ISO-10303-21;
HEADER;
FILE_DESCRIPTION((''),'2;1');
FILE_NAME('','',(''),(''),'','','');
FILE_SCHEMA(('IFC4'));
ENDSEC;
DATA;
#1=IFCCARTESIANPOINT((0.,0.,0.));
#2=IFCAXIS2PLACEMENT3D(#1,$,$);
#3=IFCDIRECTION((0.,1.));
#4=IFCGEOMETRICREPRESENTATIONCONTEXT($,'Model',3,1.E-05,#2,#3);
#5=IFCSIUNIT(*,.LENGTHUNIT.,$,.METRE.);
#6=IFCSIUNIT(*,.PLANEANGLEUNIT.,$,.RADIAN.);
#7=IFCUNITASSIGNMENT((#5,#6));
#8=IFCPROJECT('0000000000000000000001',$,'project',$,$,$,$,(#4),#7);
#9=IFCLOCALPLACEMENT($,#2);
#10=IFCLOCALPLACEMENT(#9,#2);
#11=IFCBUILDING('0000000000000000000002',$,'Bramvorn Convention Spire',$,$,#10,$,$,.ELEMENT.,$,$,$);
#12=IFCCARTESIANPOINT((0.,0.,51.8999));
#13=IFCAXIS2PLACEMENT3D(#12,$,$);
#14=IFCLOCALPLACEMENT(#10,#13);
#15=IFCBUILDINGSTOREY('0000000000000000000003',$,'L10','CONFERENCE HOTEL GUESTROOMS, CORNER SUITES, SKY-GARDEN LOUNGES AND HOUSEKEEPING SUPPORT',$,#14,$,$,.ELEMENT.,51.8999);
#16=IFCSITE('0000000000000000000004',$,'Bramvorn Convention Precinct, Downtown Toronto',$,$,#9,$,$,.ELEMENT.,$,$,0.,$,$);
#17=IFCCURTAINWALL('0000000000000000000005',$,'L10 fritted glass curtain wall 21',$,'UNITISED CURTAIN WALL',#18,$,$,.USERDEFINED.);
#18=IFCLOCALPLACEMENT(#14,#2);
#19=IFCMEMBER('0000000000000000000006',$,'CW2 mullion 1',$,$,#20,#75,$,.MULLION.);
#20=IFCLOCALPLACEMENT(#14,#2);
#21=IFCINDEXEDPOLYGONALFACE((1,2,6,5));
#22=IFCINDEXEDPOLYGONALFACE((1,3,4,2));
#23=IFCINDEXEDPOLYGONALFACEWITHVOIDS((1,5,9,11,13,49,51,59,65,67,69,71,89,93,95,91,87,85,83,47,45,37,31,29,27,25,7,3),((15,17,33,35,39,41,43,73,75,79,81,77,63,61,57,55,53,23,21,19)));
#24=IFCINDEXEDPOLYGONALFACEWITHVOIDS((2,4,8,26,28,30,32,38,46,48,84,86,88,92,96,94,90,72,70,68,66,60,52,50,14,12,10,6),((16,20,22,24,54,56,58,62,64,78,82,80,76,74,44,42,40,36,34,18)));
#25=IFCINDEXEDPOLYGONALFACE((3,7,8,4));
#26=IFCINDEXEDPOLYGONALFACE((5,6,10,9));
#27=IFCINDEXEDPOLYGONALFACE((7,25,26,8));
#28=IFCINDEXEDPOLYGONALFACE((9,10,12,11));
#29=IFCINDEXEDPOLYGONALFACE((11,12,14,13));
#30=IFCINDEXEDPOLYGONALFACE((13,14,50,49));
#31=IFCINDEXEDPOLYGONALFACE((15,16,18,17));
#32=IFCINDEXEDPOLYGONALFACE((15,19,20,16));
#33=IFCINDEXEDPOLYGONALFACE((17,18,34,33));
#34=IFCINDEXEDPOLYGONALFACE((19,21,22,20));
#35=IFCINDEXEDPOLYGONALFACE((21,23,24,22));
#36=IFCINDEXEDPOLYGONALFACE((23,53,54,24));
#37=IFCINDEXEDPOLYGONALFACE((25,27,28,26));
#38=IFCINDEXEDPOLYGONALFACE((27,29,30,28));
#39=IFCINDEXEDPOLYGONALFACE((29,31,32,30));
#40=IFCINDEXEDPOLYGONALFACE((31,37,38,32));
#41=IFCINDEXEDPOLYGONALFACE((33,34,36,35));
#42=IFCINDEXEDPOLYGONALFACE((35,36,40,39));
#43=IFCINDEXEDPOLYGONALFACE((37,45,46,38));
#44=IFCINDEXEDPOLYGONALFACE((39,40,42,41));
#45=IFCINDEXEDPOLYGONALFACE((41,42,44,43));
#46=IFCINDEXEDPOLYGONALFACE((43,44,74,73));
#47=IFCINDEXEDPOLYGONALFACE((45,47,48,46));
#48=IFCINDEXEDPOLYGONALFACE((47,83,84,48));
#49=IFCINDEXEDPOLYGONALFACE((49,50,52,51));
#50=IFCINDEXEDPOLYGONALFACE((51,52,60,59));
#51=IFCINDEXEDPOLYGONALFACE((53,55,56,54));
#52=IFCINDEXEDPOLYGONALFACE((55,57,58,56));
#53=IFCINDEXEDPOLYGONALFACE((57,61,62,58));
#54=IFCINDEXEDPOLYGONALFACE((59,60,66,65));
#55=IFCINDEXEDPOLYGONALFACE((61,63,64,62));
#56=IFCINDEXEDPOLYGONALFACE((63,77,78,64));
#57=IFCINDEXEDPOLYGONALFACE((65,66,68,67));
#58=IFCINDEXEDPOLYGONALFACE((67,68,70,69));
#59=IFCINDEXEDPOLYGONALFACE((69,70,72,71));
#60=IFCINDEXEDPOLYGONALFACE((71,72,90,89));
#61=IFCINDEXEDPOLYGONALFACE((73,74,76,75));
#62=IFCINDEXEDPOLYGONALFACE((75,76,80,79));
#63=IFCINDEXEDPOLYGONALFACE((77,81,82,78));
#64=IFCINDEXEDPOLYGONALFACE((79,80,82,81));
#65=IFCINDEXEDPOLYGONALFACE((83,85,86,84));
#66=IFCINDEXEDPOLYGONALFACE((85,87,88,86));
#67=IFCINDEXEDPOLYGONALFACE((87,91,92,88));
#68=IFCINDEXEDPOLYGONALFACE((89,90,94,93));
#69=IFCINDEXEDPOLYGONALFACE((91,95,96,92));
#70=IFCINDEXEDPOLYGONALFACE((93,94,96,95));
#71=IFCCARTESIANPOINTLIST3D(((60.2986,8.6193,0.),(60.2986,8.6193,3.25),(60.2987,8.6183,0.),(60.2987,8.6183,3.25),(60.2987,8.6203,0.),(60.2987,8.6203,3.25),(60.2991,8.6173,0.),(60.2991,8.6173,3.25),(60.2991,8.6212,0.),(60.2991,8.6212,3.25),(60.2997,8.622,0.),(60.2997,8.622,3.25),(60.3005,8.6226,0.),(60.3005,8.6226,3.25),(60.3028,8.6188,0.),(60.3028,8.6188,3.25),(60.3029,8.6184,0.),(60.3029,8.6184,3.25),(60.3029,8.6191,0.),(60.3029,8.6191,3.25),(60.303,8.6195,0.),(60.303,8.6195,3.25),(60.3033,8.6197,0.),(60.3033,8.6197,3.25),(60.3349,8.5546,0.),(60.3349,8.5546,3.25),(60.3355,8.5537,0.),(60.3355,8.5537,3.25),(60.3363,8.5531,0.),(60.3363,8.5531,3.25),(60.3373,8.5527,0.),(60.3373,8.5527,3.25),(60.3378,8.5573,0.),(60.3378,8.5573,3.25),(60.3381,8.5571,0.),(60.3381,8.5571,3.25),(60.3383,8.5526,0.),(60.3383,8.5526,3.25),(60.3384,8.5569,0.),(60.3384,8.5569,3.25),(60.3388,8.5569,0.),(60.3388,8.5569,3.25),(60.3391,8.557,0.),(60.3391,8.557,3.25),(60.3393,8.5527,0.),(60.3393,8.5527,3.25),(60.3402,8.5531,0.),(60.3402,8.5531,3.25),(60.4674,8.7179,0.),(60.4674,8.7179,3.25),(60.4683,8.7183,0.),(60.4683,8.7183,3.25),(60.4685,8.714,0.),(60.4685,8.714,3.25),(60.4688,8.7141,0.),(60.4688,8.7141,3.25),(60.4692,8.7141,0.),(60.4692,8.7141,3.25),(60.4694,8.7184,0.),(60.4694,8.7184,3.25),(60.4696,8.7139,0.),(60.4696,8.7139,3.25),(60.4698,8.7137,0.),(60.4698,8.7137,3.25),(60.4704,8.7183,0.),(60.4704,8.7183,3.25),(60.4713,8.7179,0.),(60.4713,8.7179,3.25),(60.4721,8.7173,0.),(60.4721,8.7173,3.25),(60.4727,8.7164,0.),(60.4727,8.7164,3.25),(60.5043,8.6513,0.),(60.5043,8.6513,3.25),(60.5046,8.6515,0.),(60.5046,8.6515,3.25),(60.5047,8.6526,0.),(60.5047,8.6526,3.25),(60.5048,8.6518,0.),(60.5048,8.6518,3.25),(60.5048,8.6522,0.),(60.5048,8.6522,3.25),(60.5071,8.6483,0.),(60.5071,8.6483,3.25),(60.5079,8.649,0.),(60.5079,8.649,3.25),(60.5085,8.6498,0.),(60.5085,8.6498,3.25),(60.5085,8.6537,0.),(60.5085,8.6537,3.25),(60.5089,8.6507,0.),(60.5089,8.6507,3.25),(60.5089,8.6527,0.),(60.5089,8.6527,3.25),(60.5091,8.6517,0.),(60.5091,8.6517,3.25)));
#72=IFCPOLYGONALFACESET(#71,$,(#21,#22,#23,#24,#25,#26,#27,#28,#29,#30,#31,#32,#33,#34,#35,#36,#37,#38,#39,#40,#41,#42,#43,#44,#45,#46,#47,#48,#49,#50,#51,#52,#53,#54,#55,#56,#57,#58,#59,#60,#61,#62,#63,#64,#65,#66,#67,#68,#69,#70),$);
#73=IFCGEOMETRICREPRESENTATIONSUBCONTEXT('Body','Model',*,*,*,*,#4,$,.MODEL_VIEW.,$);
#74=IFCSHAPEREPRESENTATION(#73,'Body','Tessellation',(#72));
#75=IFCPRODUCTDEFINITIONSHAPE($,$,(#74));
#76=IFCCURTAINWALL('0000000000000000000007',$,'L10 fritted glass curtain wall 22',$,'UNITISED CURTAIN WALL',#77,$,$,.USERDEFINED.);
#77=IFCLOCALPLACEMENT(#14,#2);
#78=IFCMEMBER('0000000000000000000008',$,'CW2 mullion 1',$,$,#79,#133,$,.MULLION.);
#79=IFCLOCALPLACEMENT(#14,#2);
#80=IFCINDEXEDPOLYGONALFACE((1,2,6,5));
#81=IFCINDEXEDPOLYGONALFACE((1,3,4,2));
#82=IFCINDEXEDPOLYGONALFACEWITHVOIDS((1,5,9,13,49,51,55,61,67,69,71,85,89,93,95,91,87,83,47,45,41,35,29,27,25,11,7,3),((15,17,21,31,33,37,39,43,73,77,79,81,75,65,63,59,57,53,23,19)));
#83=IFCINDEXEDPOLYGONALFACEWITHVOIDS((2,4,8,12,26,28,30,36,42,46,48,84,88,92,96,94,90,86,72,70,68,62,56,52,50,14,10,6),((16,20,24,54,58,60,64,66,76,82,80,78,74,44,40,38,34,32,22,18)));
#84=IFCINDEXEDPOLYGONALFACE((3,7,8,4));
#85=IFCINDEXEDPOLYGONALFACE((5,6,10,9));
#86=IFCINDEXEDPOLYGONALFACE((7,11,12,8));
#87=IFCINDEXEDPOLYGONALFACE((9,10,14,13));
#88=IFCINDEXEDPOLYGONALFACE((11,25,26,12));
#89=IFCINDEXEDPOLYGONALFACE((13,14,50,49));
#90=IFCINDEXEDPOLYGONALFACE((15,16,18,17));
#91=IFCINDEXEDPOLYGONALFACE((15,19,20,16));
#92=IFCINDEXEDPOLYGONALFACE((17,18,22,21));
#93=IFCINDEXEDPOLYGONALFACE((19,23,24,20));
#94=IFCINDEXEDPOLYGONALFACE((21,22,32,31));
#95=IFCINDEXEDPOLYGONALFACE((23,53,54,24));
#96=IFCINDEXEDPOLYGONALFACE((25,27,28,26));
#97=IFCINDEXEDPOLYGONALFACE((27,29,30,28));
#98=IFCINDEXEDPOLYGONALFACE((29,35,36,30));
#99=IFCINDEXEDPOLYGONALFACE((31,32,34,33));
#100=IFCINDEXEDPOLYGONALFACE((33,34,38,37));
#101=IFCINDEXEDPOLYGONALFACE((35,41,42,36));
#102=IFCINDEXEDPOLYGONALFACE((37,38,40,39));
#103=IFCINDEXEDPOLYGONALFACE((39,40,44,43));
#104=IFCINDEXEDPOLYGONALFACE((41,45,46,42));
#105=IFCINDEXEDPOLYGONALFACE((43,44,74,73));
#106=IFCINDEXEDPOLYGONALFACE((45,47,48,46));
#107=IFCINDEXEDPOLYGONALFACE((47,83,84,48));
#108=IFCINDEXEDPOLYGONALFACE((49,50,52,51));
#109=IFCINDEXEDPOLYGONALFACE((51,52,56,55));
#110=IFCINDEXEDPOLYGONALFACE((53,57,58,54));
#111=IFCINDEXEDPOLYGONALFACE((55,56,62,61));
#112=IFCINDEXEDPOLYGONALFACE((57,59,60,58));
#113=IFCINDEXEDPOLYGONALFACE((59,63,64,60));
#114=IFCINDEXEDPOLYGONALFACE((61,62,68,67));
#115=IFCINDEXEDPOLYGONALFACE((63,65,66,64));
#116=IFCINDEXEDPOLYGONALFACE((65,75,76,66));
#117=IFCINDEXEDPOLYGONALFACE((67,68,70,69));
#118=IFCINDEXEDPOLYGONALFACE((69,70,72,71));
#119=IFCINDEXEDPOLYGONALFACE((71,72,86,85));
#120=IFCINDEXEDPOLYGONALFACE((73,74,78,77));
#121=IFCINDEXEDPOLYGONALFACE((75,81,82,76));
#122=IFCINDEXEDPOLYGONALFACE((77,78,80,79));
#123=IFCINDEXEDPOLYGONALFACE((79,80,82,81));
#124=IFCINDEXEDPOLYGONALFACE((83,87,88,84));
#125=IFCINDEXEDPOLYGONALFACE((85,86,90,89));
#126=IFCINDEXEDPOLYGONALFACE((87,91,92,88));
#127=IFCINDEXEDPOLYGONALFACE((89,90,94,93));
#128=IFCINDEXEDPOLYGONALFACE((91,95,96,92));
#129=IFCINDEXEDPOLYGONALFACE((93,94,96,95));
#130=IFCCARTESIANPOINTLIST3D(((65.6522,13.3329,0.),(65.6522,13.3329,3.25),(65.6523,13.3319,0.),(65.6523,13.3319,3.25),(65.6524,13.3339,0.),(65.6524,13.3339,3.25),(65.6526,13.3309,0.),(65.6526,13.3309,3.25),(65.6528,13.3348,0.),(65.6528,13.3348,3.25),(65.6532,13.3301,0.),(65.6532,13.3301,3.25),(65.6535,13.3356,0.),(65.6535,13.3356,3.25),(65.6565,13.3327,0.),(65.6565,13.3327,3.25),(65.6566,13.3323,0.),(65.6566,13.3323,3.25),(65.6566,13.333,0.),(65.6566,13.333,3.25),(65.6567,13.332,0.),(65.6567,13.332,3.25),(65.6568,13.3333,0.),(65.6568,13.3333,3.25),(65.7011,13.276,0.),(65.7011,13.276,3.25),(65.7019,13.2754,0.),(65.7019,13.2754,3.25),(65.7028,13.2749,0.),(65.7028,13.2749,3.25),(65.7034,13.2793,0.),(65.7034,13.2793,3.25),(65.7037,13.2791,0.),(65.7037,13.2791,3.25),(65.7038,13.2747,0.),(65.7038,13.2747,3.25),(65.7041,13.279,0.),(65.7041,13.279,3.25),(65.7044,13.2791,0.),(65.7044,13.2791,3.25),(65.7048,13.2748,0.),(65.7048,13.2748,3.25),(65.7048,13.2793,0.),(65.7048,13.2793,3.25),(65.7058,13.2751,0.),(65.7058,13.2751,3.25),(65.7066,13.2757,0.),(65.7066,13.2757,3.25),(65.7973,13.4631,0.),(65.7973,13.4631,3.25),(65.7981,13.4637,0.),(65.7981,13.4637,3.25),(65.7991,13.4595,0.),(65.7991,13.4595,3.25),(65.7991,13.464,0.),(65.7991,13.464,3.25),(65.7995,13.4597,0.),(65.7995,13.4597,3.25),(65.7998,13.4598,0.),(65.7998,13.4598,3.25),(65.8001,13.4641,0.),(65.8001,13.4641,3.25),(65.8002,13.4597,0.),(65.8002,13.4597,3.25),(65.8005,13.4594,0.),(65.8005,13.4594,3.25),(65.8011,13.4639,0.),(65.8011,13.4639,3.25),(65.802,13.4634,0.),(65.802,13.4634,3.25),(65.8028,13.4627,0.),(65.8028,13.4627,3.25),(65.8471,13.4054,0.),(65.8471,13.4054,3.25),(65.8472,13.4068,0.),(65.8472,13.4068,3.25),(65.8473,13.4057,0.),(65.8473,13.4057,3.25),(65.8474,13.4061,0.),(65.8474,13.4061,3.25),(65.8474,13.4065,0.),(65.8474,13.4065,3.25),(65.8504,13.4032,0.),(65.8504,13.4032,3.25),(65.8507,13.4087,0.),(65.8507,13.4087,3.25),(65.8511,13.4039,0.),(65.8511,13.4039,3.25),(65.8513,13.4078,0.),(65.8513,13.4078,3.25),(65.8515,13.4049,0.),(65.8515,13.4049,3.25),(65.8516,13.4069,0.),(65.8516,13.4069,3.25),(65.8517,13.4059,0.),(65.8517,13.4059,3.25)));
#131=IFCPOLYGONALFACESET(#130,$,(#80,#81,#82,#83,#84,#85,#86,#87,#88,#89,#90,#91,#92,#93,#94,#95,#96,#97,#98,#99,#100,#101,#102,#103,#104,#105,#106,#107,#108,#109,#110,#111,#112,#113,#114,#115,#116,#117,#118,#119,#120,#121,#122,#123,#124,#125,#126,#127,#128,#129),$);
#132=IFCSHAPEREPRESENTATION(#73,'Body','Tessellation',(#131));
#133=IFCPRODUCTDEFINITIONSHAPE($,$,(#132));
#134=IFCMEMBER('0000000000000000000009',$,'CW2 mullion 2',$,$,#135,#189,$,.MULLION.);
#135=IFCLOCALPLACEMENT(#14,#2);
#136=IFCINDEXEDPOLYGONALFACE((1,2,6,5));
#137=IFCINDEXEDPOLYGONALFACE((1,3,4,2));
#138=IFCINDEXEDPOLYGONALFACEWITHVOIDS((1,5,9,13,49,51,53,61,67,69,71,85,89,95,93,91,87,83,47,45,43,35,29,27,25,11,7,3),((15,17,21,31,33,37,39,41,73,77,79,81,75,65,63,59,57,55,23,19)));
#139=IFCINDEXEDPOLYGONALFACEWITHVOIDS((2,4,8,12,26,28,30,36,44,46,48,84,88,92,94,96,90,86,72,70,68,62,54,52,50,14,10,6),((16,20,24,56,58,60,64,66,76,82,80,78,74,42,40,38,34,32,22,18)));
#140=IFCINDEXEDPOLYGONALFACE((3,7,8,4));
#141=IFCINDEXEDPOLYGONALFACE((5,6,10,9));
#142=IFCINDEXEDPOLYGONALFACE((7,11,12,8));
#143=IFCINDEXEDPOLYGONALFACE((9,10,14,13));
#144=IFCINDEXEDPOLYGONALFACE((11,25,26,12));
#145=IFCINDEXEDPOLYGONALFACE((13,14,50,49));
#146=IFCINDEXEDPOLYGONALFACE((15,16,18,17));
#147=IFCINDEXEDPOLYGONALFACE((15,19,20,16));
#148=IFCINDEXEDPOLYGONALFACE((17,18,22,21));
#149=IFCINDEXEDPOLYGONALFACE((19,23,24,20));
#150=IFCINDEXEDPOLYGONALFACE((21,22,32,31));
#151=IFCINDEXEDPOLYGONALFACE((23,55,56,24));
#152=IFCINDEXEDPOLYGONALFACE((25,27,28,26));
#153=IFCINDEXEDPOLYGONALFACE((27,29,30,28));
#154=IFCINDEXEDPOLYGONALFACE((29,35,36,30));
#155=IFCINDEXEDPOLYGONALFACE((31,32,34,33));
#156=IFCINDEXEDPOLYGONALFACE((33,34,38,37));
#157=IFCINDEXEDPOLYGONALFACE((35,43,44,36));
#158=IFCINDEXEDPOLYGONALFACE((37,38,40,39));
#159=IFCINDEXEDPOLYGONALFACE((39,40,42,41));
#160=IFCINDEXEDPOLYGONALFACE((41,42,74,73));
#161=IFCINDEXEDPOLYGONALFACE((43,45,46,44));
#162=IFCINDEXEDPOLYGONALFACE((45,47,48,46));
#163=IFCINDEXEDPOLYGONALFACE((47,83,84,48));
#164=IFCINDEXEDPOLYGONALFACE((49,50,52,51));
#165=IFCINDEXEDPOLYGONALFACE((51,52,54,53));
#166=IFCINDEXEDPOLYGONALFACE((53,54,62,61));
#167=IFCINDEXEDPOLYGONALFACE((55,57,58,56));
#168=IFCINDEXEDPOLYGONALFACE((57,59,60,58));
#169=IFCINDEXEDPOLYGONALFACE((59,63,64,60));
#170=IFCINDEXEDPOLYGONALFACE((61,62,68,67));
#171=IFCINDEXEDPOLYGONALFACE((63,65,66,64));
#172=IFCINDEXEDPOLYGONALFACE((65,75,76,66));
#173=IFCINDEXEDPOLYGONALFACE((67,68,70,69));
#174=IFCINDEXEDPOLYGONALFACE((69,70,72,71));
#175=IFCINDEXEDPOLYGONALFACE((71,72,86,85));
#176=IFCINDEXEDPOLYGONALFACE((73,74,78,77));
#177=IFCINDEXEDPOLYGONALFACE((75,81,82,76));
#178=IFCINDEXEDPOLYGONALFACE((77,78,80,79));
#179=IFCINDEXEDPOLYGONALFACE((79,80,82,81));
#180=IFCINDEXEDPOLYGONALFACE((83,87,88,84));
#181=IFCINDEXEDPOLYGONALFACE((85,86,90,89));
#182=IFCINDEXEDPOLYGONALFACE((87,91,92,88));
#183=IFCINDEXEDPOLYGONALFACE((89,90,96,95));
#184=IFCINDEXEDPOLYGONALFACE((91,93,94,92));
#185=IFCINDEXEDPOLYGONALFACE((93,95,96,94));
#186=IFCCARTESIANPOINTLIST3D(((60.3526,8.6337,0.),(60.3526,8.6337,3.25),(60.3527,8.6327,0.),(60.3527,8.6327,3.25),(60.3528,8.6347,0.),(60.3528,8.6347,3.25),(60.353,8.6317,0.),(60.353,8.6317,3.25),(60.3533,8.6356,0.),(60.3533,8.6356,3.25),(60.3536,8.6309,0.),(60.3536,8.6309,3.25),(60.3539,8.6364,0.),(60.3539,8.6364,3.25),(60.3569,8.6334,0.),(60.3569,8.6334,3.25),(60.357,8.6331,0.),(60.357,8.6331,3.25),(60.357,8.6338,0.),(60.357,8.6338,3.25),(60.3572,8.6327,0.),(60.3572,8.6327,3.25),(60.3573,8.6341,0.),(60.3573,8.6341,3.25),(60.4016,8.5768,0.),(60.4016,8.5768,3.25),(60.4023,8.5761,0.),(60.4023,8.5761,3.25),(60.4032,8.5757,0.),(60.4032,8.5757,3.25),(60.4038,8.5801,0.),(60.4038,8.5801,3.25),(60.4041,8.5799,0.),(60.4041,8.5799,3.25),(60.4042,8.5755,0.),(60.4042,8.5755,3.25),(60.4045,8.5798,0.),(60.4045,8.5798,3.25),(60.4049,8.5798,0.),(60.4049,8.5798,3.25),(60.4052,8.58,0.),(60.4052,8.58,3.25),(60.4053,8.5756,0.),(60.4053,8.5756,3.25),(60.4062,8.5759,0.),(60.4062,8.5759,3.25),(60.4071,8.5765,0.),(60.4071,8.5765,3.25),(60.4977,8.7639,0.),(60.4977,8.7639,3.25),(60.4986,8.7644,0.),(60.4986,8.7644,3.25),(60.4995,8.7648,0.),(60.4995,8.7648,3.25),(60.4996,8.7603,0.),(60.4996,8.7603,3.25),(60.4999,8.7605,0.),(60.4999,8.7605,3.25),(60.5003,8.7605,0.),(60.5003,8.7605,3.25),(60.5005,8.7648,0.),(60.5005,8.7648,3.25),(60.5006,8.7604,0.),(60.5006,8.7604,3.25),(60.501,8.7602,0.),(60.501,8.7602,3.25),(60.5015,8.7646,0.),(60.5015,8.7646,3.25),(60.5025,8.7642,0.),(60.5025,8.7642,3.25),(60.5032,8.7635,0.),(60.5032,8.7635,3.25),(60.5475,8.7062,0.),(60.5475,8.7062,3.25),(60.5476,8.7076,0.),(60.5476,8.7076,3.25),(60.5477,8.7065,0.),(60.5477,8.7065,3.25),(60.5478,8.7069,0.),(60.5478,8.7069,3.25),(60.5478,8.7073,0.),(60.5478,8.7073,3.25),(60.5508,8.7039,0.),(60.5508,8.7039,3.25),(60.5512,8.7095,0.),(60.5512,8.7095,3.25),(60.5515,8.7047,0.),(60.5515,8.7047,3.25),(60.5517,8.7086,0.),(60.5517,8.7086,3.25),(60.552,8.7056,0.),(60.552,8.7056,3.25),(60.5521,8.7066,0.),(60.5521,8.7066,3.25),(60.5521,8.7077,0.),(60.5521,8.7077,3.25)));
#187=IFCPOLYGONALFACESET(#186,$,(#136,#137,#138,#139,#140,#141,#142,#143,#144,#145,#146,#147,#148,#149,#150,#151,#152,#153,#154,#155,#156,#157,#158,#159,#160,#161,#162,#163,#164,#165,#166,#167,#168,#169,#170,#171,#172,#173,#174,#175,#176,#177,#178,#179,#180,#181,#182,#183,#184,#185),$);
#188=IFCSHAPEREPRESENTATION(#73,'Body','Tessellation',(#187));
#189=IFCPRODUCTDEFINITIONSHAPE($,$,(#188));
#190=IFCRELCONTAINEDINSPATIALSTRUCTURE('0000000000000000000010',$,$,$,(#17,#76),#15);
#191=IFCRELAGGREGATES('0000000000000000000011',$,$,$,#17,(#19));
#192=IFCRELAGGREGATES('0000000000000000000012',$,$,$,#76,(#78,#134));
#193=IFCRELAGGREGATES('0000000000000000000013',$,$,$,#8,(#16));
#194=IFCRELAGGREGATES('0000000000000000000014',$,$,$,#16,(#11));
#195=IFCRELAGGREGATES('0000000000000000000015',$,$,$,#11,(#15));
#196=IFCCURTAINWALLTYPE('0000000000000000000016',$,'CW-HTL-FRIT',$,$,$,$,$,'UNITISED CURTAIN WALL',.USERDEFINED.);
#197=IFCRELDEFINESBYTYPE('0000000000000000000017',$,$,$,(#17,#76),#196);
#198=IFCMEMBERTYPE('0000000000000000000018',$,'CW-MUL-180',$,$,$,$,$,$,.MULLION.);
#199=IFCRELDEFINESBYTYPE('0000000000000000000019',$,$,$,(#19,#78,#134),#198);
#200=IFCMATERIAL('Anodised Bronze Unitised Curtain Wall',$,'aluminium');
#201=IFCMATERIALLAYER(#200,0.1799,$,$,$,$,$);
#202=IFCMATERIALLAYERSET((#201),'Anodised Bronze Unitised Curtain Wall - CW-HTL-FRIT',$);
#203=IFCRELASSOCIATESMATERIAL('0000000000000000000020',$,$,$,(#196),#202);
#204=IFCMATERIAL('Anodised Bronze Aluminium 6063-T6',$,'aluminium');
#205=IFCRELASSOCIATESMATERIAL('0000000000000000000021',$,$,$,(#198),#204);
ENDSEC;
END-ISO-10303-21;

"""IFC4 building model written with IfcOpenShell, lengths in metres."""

from ifc_helpers import new_model, si_unit, direction, frame, origin, origin_2d, place, context, subcontext, project, spatial, hollow_rectangle, extrude, material, layer, layer_set, material_profile, profile_set, type_object, element, aggregate, save


model = new_model("IFC4")

# Units and contexts
model_context = context("Model", 3, precision=1e-05, world=origin(), true_north=direction((0.0, 1.0)))
body_context = subcontext(model_context, "Body", "Model", "MODEL_VIEW")
ifc_project = project(units=[si_unit("LENGTHUNIT", "METRE"), si_unit("PLANEANGLEUNIT", "RADIAN")], contexts=[model_context])

# Site, building, storey
site_placement = place(None, origin())
site = spatial("IfcSite", under=ifc_project, at=site_placement, Name="Bramvorn Convention Precinct, Downtown Toronto", CompositionType="ELEMENT", RefElevation=0.0)
building_placement = place(site_placement, origin())
building = spatial("IfcBuilding", under=site, at=building_placement, Name="Bramvorn Convention Spire", CompositionType="ELEMENT")
storey_placement = place(building_placement, frame((0.0, 0.0, 51.8999)))
storey = spatial("IfcBuildingStorey", under=building, at=storey_placement, Name="L10", Description="CONFERENCE HOTEL GUESTROOMS, CORNER SUITES, SKY-GARDEN LOUNGES AND HOUSEKEEPING SUPPORT", CompositionType="ELEMENT", Elevation=51.8999)

# Curtain wall, member
ifc_material_1 = material(Name="Anodised Bronze Unitised Curtain Wall", Category="aluminium")
ifc_layer_1 = layer(ifc_material_1, 0.1799)
ifc_layer_set_1 = layer_set([ifc_layer_1], Name="Anodised Bronze Unitised Curtain Wall - CW-HTL-FRIT")
curtain_wall_type = type_object("IfcCurtainWallType", Name="CW-HTL-FRIT", ElementType="UNITISED CURTAIN WALL", PredefinedType="USERDEFINED", material=ifc_layer_set_1)
curtain_wall_1_placement = place(storey_placement, origin())
curtain_wall_1 = element("IfcCurtainWall", 1, at=curtain_wall_1_placement, inside=storey, type_object=curtain_wall_type, Name="L10 fritted glass curtain wall 21", ObjectType="UNITISED CURTAIN WALL", PredefinedType="USERDEFINED")
ifc_material_2 = material(Name="Anodised Bronze Aluminium 6063-T6", Category="aluminium")
ifc_material_profile_1 = material_profile(ifc_material_2, hollow_rectangle(XDim=0.0801, YDim=0.2, WallThickness=0.0039, InnerFilletRadius=0.001, OuterFilletRadius=0.0039, at=origin_2d()))
ifc_profile_set_1 = profile_set([ifc_material_profile_1], Name="Anodised Bronze Aluminium 6063-T6 - CWM80X200")
member_type_1 = type_object("IfcMemberType", Name="CW-MUL-180", PredefinedType="MULLION", material=ifc_profile_set_1)
member_1_placement = place(storey_placement, frame((60.4038, 8.6355, 0.0), z_axis=(0.0, 0.0, 1.0), x_axis=(0.495726, -0.868479, 0.0)))
member_1 = element("IfcMember", 2, at=member_1_placement, type_object=member_type_1, Name="CW2 mullion 1", PredefinedType="MULLION", context=body_context, shape_type="SweptSolid", body=[
    extrude(hollow_rectangle(XDim=0.0801, YDim=0.2, WallThickness=0.0039, InnerFilletRadius=0.001, OuterFilletRadius=0.0039, at=origin_2d()), origin(), (0.0, 0.0, 1.0), 3.25),
])

# Curtain wall, members
curtain_wall_2_placement = place(storey_placement, origin())
curtain_wall_2 = element("IfcCurtainWall", 3, at=curtain_wall_2_placement, inside=storey, type_object=curtain_wall_type, Name="L10 fritted glass curtain wall 22", ObjectType="UNITISED CURTAIN WALL", PredefinedType="USERDEFINED")
member_2_placement = place(storey_placement, frame((65.752, 13.3694, 0.0), z_axis=(0.0, 0.0, 1.0), x_axis=(0.663443, -0.748227, 0.0)))
member_2 = element("IfcMember", 4, at=member_2_placement, type_object=member_type_1, Name="CW2 mullion 1", PredefinedType="MULLION", context=body_context, shape_type="SweptSolid", body=[
    extrude(hollow_rectangle(XDim=0.0801, YDim=0.2, WallThickness=0.0039, InnerFilletRadius=0.001, OuterFilletRadius=0.0039, at=origin_2d()), origin(), (0.0, 0.0, 1.0), 3.25),
])
member_3_placement = place(storey_placement, frame((60.4524, 8.6702, 0.0), z_axis=(0.0, 0.0, 1.0), x_axis=(0.663443, -0.748227, 0.0)))
member_3 = element("IfcMember", 5, at=member_3_placement, type_object=member_type_1, Name="CW2 mullion 2", PredefinedType="MULLION", context=body_context, shape_type="SweptSolid", body=[
    extrude(hollow_rectangle(XDim=0.0801, YDim=0.2, WallThickness=0.0039, InnerFilletRadius=0.001, OuterFilletRadius=0.0039, at=origin_2d()), origin(), (0.0, 0.0, 1.0), 3.25),
])

aggregate(curtain_wall_1, [member_1])

aggregate(curtain_wall_2, [member_2, member_3])

save(model, "model.ifc")
